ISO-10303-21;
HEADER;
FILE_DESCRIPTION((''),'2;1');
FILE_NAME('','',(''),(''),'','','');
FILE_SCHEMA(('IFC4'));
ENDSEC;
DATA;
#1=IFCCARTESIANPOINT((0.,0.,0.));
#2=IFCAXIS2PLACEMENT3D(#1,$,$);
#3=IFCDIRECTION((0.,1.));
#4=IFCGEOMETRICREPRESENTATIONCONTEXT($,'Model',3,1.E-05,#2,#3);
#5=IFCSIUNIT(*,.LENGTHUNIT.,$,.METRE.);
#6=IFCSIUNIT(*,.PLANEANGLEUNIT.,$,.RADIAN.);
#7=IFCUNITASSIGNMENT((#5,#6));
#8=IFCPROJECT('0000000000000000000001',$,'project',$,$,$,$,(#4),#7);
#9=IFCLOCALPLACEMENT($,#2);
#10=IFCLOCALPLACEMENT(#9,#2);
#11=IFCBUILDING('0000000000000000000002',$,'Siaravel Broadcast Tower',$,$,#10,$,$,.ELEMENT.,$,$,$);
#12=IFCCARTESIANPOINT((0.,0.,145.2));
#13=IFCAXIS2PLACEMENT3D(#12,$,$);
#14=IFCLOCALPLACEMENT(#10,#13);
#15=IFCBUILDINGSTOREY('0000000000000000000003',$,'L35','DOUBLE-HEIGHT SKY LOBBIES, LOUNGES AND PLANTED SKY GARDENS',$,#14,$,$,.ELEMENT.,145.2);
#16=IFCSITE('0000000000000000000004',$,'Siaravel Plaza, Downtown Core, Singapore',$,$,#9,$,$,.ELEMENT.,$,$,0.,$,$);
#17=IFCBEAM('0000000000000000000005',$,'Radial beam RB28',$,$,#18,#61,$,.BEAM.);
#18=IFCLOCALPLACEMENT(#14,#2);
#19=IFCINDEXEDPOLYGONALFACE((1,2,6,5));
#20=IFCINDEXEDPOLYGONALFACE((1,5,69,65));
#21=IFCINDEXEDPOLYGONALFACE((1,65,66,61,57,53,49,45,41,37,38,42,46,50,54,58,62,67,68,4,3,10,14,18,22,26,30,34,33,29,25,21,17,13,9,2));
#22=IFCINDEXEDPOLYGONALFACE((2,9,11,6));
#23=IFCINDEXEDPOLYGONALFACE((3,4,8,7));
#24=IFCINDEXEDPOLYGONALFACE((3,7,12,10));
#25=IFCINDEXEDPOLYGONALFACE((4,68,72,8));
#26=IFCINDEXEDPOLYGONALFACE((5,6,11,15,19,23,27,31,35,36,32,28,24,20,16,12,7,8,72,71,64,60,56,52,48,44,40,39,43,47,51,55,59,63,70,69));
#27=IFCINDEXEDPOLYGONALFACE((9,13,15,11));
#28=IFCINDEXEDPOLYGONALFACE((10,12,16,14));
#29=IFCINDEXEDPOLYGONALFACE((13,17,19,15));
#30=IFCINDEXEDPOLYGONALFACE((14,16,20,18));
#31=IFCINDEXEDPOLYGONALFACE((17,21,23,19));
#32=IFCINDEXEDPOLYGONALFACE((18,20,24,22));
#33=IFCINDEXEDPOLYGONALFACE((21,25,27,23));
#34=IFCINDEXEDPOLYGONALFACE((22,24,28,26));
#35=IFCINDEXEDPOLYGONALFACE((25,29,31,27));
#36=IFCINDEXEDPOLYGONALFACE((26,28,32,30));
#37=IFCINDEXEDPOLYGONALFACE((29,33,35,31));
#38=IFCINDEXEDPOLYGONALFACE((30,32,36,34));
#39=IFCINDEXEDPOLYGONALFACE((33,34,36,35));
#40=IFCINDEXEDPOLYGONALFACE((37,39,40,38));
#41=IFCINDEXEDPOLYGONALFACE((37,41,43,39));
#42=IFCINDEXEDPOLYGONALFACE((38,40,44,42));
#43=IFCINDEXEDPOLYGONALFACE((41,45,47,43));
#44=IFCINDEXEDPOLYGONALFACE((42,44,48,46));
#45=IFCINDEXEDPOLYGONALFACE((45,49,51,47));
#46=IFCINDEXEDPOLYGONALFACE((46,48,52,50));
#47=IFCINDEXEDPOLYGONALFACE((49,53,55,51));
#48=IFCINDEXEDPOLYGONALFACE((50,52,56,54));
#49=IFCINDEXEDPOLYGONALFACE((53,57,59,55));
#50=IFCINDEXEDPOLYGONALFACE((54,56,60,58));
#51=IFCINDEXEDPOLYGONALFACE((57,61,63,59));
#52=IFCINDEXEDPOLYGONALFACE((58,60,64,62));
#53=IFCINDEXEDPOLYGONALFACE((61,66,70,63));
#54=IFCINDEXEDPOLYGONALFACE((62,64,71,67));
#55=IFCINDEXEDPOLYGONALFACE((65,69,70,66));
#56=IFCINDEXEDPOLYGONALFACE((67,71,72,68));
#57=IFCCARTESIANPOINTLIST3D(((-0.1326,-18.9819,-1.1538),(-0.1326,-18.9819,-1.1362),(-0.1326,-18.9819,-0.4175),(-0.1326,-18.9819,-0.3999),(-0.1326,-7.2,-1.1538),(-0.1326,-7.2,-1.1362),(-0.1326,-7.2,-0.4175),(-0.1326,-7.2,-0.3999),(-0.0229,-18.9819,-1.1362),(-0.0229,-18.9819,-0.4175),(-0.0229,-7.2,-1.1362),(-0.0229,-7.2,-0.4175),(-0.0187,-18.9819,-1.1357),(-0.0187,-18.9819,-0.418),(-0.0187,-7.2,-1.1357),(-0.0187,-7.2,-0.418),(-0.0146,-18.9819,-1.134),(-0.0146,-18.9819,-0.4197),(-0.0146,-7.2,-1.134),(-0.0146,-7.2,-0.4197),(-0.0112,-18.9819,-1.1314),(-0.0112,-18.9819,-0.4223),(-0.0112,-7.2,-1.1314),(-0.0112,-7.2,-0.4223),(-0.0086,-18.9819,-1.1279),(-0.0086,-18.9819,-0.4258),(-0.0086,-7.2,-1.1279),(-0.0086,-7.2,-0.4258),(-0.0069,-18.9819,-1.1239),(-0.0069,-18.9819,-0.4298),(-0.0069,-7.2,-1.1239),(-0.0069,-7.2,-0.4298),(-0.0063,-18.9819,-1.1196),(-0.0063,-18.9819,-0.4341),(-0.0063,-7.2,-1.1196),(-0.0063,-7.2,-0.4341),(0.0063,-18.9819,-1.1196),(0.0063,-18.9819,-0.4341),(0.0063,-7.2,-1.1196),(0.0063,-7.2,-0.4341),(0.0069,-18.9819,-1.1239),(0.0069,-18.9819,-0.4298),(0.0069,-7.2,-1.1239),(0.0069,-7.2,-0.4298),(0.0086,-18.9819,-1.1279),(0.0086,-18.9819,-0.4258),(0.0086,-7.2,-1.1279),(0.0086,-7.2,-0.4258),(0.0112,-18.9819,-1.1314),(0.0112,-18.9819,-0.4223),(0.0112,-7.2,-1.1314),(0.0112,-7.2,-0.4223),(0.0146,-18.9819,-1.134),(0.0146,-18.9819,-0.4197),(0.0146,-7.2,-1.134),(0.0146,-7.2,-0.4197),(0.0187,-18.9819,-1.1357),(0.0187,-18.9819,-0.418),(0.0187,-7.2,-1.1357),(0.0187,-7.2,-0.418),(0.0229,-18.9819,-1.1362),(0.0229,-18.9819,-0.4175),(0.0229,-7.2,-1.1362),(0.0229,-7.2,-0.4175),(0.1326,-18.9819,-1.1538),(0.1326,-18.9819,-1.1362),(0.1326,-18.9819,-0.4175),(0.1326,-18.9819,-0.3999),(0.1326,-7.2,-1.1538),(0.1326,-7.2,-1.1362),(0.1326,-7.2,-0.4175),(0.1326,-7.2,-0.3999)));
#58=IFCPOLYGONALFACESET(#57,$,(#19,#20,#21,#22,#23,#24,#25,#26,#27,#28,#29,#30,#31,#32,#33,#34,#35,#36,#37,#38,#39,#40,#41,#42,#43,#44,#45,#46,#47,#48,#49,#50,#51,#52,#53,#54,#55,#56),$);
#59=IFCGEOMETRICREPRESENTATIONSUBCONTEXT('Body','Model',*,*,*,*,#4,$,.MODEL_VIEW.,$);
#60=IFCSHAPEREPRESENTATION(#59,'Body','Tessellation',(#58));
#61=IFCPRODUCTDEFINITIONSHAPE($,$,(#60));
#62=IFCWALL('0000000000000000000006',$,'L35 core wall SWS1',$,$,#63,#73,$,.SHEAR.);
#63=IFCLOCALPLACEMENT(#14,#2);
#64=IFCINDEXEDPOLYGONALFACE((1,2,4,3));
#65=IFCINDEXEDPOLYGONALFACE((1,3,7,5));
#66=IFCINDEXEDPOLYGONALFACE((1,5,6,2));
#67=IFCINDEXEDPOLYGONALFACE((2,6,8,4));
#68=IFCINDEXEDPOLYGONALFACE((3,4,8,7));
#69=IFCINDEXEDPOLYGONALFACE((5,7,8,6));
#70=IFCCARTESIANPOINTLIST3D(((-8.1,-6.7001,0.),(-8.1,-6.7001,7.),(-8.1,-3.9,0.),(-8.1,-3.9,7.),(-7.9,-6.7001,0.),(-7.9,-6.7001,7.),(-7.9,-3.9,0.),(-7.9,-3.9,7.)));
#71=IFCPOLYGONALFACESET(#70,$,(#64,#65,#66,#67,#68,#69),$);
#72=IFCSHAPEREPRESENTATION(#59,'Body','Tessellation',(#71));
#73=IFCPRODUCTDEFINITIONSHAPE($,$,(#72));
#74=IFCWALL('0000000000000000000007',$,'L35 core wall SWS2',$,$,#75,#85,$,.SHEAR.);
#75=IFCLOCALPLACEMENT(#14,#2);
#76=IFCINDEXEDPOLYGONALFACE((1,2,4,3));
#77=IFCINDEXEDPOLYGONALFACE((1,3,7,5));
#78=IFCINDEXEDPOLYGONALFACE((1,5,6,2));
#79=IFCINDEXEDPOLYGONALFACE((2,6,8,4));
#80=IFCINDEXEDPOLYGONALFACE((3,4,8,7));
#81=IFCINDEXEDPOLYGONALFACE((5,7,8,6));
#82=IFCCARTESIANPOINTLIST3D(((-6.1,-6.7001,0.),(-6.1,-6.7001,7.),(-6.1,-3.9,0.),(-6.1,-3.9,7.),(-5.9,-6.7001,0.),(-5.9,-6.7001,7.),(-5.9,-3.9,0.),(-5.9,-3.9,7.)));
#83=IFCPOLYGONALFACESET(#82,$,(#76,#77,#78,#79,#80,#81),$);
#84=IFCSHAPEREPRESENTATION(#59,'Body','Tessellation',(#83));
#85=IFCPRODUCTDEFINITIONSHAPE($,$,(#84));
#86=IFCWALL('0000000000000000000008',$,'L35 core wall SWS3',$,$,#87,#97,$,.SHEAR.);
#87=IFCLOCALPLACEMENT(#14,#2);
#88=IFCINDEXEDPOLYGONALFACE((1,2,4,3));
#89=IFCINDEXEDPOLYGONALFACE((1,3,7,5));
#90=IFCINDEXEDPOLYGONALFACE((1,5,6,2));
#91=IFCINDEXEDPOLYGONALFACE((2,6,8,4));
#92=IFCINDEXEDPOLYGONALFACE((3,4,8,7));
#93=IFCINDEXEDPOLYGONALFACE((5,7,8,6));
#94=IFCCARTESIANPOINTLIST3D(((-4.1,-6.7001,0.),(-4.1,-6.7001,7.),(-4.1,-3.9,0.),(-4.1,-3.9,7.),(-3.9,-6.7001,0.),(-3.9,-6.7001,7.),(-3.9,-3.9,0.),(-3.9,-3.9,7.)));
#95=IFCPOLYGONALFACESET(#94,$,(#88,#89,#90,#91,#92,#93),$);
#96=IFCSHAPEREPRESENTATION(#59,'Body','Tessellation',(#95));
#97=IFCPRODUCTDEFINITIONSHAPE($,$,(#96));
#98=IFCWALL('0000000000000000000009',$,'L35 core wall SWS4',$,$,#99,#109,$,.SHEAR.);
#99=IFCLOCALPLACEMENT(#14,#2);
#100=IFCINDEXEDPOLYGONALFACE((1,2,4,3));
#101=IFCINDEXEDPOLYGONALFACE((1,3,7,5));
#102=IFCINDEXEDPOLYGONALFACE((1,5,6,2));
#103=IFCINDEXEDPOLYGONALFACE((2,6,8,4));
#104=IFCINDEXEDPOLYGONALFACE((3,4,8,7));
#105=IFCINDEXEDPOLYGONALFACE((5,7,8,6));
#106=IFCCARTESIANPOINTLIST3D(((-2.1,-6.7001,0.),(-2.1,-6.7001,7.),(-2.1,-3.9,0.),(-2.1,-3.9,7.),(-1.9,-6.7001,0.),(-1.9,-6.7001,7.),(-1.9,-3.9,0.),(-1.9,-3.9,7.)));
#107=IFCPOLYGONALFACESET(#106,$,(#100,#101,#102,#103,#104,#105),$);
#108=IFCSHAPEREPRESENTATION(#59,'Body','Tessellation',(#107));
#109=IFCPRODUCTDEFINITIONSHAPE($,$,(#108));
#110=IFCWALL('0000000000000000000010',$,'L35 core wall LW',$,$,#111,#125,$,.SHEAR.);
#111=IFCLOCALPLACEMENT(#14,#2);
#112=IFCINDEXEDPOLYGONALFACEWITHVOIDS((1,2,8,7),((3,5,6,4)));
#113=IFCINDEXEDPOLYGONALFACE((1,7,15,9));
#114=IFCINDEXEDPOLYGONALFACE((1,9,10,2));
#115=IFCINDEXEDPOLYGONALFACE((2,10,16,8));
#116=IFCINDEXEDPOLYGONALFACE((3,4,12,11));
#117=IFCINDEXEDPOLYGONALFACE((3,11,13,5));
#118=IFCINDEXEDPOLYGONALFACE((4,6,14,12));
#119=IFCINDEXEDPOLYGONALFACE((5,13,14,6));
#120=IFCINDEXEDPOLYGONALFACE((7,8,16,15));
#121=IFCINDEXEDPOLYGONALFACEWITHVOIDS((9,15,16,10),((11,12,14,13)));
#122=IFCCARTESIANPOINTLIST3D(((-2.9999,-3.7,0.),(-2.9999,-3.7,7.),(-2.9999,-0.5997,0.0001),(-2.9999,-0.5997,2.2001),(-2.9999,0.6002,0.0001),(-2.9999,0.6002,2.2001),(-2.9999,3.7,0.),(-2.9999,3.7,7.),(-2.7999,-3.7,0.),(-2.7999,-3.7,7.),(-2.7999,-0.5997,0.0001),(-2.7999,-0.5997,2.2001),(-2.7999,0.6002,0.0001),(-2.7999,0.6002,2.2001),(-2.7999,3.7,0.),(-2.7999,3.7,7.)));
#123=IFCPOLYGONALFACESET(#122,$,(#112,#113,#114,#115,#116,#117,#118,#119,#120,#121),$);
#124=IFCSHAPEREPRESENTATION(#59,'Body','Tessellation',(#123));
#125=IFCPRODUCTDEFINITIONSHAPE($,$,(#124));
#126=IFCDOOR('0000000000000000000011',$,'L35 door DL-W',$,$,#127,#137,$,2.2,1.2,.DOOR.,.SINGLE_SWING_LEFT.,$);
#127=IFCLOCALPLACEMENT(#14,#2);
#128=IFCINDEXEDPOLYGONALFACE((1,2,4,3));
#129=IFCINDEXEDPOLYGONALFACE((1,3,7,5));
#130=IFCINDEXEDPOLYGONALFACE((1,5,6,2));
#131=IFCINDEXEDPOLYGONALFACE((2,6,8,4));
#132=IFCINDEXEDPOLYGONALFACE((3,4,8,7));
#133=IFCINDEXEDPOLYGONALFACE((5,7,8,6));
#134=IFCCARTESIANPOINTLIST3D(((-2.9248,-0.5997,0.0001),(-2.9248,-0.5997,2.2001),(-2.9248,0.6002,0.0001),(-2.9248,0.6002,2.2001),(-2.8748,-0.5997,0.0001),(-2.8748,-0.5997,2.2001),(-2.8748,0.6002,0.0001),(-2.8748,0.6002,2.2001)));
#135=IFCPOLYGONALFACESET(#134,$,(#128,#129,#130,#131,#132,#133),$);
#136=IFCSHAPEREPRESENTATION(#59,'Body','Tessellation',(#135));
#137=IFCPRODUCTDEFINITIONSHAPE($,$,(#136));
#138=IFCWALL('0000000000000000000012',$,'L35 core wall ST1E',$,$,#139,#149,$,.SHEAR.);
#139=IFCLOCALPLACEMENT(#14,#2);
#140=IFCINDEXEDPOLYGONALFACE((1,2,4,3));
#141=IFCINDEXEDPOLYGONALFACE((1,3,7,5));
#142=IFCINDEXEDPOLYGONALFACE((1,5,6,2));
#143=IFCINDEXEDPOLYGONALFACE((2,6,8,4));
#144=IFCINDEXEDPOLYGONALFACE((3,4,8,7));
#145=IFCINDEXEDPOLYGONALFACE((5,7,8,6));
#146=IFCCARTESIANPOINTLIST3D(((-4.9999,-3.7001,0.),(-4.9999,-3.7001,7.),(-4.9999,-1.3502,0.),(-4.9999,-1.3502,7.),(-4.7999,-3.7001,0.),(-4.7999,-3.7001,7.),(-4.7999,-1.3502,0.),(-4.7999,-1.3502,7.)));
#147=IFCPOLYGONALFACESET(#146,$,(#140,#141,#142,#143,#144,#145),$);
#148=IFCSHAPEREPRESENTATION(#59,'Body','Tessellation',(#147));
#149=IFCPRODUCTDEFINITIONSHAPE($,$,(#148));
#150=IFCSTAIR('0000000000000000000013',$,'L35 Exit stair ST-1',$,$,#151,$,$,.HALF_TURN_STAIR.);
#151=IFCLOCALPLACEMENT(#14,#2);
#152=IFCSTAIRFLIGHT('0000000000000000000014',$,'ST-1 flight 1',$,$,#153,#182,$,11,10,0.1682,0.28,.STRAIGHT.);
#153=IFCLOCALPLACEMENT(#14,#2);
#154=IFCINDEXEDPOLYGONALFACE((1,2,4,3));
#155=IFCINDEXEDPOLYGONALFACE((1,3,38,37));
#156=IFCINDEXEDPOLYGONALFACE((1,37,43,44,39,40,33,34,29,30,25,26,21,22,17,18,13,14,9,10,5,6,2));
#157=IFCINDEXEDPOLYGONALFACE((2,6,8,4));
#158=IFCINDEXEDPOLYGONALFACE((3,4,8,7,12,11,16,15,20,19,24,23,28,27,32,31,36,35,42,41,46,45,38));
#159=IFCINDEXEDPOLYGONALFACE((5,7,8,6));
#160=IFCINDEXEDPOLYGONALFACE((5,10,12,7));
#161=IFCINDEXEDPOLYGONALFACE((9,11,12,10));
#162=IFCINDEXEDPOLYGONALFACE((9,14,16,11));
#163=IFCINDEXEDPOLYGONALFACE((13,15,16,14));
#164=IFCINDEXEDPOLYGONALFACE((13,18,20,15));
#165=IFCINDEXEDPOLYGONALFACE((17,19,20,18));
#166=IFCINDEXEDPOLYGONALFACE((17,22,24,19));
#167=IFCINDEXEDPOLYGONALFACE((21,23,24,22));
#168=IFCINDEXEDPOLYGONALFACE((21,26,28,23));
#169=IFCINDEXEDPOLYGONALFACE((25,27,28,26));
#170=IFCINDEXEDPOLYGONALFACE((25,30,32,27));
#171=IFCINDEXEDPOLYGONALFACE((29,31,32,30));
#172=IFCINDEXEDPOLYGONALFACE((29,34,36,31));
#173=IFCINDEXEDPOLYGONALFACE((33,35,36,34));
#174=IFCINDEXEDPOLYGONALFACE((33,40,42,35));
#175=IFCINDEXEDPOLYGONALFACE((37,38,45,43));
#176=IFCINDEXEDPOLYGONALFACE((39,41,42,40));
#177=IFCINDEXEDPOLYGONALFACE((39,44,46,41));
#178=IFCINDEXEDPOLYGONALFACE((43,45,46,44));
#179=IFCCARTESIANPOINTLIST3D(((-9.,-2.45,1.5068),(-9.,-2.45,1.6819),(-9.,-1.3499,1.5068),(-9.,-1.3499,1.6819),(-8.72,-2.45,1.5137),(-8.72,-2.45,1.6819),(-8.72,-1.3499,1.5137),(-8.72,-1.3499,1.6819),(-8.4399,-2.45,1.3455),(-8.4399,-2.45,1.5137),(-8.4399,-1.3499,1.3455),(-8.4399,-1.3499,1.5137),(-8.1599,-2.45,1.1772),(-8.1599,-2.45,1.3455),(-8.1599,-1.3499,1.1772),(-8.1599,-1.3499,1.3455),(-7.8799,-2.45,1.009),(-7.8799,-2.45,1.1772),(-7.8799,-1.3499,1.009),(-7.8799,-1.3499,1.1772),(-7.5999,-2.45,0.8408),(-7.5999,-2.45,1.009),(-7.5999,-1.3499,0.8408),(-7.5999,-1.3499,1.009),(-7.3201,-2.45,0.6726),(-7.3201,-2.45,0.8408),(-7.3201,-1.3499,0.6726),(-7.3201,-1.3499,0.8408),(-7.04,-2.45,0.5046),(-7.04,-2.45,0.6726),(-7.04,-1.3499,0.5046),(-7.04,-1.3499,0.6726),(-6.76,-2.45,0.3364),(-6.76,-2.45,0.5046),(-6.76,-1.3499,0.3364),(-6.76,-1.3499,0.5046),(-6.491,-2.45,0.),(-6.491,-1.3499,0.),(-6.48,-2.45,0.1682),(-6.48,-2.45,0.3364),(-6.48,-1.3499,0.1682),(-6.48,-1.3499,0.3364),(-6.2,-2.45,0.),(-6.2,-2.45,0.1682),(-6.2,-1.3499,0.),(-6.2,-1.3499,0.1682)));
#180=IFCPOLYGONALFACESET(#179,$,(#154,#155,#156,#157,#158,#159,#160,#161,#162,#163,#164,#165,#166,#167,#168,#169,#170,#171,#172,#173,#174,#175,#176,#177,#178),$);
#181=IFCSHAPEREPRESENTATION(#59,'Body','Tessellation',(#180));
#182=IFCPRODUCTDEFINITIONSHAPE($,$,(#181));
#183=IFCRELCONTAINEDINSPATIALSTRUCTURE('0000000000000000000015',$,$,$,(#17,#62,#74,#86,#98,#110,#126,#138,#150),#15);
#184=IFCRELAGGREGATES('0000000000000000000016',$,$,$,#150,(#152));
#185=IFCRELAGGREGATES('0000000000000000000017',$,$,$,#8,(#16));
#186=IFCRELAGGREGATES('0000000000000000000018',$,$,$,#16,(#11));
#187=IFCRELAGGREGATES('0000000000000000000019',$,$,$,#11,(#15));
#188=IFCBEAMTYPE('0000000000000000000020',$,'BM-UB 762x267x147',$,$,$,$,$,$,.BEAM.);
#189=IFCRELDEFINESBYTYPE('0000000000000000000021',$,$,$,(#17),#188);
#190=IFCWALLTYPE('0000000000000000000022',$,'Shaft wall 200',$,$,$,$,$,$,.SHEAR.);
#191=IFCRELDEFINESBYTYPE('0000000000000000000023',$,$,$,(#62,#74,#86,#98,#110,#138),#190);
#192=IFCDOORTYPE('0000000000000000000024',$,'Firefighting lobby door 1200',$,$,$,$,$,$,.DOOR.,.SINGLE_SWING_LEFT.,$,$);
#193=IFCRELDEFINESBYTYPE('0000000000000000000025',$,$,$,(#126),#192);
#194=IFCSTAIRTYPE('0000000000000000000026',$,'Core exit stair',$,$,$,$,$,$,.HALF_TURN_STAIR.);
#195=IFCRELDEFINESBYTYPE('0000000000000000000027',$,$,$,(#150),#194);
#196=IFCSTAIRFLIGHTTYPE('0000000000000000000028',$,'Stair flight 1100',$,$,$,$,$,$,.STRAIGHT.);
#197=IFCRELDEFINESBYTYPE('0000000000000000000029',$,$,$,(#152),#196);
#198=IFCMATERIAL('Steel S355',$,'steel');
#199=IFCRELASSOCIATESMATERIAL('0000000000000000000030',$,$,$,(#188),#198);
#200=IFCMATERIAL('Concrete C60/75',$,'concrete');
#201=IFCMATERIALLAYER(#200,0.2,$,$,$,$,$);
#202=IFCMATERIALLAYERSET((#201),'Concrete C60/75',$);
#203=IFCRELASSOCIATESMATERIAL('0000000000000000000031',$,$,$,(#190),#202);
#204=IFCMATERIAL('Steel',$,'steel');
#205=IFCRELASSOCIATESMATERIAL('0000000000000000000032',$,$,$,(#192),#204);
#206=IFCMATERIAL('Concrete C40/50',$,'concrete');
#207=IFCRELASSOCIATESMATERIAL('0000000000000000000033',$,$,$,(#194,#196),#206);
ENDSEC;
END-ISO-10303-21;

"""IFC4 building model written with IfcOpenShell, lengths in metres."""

from ifc_helpers import new_model, si_unit, direction, frame, frame_2d, origin, origin_2d, place, context, subcontext, project, spatial, polyline, rectangle, i_section, outline, extrude, material, layer, layer_set, material_profile, profile_set, type_object, element, fill, aggregate, save


model = new_model("IFC4")

# Units and contexts
model_context = context("Model", 3, precision=1e-05, world=origin(), true_north=direction((0.0, 1.0)))
body_context = subcontext(model_context, "Body", "Model", "MODEL_VIEW")
ifc_project = project(units=[si_unit("LENGTHUNIT", "METRE"), si_unit("PLANEANGLEUNIT", "RADIAN")], contexts=[model_context])

# Site, building, storey
site_placement = place(None, origin())
site = spatial("IfcSite", under=ifc_project, at=site_placement, Name="Siaravel Plaza, Downtown Core, Singapore", CompositionType="ELEMENT", RefElevation=0.0)
building_placement = place(site_placement, origin())
building = spatial("IfcBuilding", under=site, at=building_placement, Name="Siaravel Broadcast Tower", CompositionType="ELEMENT")
storey_placement = place(building_placement, frame((0.0, 0.0, 145.2)))
storey = spatial("IfcBuildingStorey", under=building, at=storey_placement, Name="L35", Description="DOUBLE-HEIGHT SKY LOBBIES, LOUNGES AND PLANTED SKY GARDENS", CompositionType="ELEMENT", Elevation=145.2)

# Shared definitions
ifc_material_1 = material(Name="Concrete C60/75", Category="concrete")

# Beam
ifc_material_2 = material(Name="Steel S355", Category="steel")
ifc_material_profile_1 = material_profile(ifc_material_2, i_section(OverallWidth=0.2651, OverallDepth=0.7539, WebThickness=0.0127, FlangeThickness=0.0176, FilletRadius=0.0166, at=origin_2d()))
ifc_profile_set_1 = profile_set([ifc_material_profile_1], Name="Steel S355")
beam_type = type_object("IfcBeamType", Name="BM-UB 762x267x147", PredefinedType="BEAM", material=ifc_profile_set_1)
beam_1_placement = place(storey_placement, frame((0.0, -18.9819, -0.7769), z_axis=(0.0, 1.0, 0.0), x_axis=(-1.0, 0.0, 0.0)))
element("IfcBeam", 1, at=beam_1_placement, inside=storey, type_object=beam_type, Name="Radial beam RB28", PredefinedType="BEAM", context=body_context, shape_type="SweptSolid", body=[
    extrude(i_section(OverallWidth=0.2651, OverallDepth=0.7539, WebThickness=0.0127, FlangeThickness=0.0176, FilletRadius=0.0166, at=origin_2d()), origin(), (0.0, 0.0, 1.0), 11.782),
])

# Walls
ifc_layer = layer(ifc_material_1, 0.2)
ifc_layer_set = layer_set([ifc_layer], Name="Concrete C60/75")
wall_type = type_object("IfcWallType", Name="Shaft wall 200", PredefinedType="SHEAR", material=ifc_layer_set)
for number, where, z_axis, x_axis, name in (
    (2, (-8.0, -6.7, 0.0), (0.0, 0.0, 1.0), (0.0, 1.0, 0.0), "L35 core wall SWS1"),
    (3, (-6.0, -6.7, 0.0), (0.0, 0.0, 1.0), (0.0, 1.0, 0.0), "L35 core wall SWS2"),
    (4, (-4.0, -6.7, 0.0), (0.0, 0.0, 1.0), (0.0, 1.0, 0.0), "L35 core wall SWS3"),
    (5, (-2.0, -6.7, 0.0), (0.0, 0.0, 1.0), (0.0, 1.0, 0.0), "L35 core wall SWS4"),
):
    element("IfcWall", number, at=place(storey_placement, frame(where, z_axis=z_axis, x_axis=x_axis)), inside=storey, type_object=wall_type, Name=name, PredefinedType="SHEAR", context=body_context, shape_type="SweptSolid", body=[
        extrude(rectangle(XDim=2.8, YDim=0.2, at=frame_2d((1.3999, 0.0))), origin(), (0.0, 0.0, 1.0), 7.0),
    ])

# Wall, opening, door
wall_1_placement = place(storey_placement, frame((-2.8999, -3.7, 0.0), z_axis=(0.0, 0.0, 1.0), x_axis=(0.0, 1.0, 0.0)))
wall_1 = element("IfcWall", 6, at=wall_1_placement, inside=storey, type_object=wall_type, Name="L35 core wall LW", PredefinedType="SHEAR", context=body_context, shape_type="SweptSolid", body=[
    extrude(rectangle(XDim=7.3999, YDim=0.2, at=frame_2d((3.7, 0.0))), origin(), (0.0, 0.0, 1.0), 7.0),
])
opening_placement = place(wall_1_placement, frame((3.1001, 0.0, 0.0)))
opening = element("IfcOpeningElement", 7, at=opening_placement, cuts=wall_1, PredefinedType="OPENING", context=body_context, shape_type="SweptSolid", body=[
    extrude(rectangle(XDim=1.2, YDim=2.2, at=frame_2d((0.6001, 1.1001))), frame((0.0, 0.1099, 0.0), z_axis=(0.0, -1.0, 0.0), x_axis=(1.0, 0.0, 0.0)), (0.0, 0.0, 1.0), 0.22),
])
ifc_material_3 = material(Name="Steel", Category="steel")
door_type = type_object("IfcDoorType", Name="Firefighting lobby door 1200", OperationType="SINGLE_SWING_LEFT", PredefinedType="DOOR", material=ifc_material_3)
door_placement = place(opening_placement, origin())
door = element("IfcDoor", 8, at=door_placement, inside=storey, type_object=door_type, Name="L35 door DL-W", OperationType="SINGLE_SWING_LEFT", OverallHeight=2.2, OverallWidth=1.2, PredefinedType="DOOR", context=body_context, shape_type="SweptSolid", body=[
    extrude(rectangle(XDim=1.2, YDim=2.2, at=frame_2d((0.6001, 1.1001))), frame((0.0, 0.0249, 0.0), z_axis=(0.0, -1.0, 0.0), x_axis=(1.0, 0.0, 0.0)), (0.0, 0.0, 1.0), 0.05),
])
fill(opening, door)

# Wall
wall_2_placement = place(storey_placement, frame((-4.8999, -3.7, 0.0), z_axis=(0.0, 0.0, 1.0), x_axis=(0.0, 1.0, 0.0)))
element("IfcWall", 9, at=wall_2_placement, inside=storey, type_object=wall_type, Name="L35 core wall ST1E", PredefinedType="SHEAR", context=body_context, shape_type="SweptSolid", body=[
    extrude(rectangle(XDim=2.3499, YDim=0.2, at=frame_2d((1.1748, 0.0))), origin(), (0.0, 0.0, 1.0), 7.0),
])

# Stair, stair flight
ifc_material_4 = material(Name="Concrete C40/50", Category="concrete")
stair_type = type_object("IfcStairType", Name="Core exit stair", PredefinedType="HALF_TURN_STAIR", material=ifc_material_4)
stair_placement = place(storey_placement, origin())
stair = element("IfcStair", 10, at=stair_placement, inside=storey, type_object=stair_type, Name="L35 Exit stair ST-1", PredefinedType="HALF_TURN_STAIR")
stair_flight_type = type_object("IfcStairFlightType", Name="Stair flight 1100", PredefinedType="STRAIGHT", material=ifc_material_4)
stair_flight_1_placement = place(storey_placement, frame((-6.2, -1.8999, 0.0), z_axis=(0.0, 0.0, 1.0), x_axis=(-1.0, 0.0, 0.0)))
stair_flight_1 = element("IfcStairFlight", 11, at=stair_flight_1_placement, type_object=stair_flight_type, Name="ST-1 flight 1", NumberOfRisers=11, NumberOfTreads=10, PredefinedType="STRAIGHT", RiserHeight=0.1682, TreadLength=0.28, context=body_context, shape_type="SweptSolid", body=[
    extrude(outline(polyline([(0.0, 0.0), (0.0, 0.1682), (0.28, 0.1682), (0.28, 0.3364), (0.5601, 0.3364), (0.5601, 0.5046), (0.8401, 0.5046), (0.8401, 0.6726), (1.1201, 0.6726), (1.1201, 0.8408), (1.3999, 0.8408), (1.3999, 1.009), (1.6799, 1.009), (1.6799, 1.1772), (1.96, 1.1772), (1.96, 1.3455), (2.24, 1.3455), (2.24, 1.5137), (2.52, 1.5137), (2.52, 1.6819), (2.8, 1.6819), (2.8, 1.8501), (2.8, 1.5068), (0.291, 0.0), (0.0, 0.0)])), frame((0.0, 0.55, 0.0), z_axis=(0.0, -1.0, 0.0), x_axis=(1.0, 0.0, 0.0)), (0.0, 0.0, 1.0), 1.1001),
])
aggregate(stair, [stair_flight_1])

save(model, "model.ifc")
